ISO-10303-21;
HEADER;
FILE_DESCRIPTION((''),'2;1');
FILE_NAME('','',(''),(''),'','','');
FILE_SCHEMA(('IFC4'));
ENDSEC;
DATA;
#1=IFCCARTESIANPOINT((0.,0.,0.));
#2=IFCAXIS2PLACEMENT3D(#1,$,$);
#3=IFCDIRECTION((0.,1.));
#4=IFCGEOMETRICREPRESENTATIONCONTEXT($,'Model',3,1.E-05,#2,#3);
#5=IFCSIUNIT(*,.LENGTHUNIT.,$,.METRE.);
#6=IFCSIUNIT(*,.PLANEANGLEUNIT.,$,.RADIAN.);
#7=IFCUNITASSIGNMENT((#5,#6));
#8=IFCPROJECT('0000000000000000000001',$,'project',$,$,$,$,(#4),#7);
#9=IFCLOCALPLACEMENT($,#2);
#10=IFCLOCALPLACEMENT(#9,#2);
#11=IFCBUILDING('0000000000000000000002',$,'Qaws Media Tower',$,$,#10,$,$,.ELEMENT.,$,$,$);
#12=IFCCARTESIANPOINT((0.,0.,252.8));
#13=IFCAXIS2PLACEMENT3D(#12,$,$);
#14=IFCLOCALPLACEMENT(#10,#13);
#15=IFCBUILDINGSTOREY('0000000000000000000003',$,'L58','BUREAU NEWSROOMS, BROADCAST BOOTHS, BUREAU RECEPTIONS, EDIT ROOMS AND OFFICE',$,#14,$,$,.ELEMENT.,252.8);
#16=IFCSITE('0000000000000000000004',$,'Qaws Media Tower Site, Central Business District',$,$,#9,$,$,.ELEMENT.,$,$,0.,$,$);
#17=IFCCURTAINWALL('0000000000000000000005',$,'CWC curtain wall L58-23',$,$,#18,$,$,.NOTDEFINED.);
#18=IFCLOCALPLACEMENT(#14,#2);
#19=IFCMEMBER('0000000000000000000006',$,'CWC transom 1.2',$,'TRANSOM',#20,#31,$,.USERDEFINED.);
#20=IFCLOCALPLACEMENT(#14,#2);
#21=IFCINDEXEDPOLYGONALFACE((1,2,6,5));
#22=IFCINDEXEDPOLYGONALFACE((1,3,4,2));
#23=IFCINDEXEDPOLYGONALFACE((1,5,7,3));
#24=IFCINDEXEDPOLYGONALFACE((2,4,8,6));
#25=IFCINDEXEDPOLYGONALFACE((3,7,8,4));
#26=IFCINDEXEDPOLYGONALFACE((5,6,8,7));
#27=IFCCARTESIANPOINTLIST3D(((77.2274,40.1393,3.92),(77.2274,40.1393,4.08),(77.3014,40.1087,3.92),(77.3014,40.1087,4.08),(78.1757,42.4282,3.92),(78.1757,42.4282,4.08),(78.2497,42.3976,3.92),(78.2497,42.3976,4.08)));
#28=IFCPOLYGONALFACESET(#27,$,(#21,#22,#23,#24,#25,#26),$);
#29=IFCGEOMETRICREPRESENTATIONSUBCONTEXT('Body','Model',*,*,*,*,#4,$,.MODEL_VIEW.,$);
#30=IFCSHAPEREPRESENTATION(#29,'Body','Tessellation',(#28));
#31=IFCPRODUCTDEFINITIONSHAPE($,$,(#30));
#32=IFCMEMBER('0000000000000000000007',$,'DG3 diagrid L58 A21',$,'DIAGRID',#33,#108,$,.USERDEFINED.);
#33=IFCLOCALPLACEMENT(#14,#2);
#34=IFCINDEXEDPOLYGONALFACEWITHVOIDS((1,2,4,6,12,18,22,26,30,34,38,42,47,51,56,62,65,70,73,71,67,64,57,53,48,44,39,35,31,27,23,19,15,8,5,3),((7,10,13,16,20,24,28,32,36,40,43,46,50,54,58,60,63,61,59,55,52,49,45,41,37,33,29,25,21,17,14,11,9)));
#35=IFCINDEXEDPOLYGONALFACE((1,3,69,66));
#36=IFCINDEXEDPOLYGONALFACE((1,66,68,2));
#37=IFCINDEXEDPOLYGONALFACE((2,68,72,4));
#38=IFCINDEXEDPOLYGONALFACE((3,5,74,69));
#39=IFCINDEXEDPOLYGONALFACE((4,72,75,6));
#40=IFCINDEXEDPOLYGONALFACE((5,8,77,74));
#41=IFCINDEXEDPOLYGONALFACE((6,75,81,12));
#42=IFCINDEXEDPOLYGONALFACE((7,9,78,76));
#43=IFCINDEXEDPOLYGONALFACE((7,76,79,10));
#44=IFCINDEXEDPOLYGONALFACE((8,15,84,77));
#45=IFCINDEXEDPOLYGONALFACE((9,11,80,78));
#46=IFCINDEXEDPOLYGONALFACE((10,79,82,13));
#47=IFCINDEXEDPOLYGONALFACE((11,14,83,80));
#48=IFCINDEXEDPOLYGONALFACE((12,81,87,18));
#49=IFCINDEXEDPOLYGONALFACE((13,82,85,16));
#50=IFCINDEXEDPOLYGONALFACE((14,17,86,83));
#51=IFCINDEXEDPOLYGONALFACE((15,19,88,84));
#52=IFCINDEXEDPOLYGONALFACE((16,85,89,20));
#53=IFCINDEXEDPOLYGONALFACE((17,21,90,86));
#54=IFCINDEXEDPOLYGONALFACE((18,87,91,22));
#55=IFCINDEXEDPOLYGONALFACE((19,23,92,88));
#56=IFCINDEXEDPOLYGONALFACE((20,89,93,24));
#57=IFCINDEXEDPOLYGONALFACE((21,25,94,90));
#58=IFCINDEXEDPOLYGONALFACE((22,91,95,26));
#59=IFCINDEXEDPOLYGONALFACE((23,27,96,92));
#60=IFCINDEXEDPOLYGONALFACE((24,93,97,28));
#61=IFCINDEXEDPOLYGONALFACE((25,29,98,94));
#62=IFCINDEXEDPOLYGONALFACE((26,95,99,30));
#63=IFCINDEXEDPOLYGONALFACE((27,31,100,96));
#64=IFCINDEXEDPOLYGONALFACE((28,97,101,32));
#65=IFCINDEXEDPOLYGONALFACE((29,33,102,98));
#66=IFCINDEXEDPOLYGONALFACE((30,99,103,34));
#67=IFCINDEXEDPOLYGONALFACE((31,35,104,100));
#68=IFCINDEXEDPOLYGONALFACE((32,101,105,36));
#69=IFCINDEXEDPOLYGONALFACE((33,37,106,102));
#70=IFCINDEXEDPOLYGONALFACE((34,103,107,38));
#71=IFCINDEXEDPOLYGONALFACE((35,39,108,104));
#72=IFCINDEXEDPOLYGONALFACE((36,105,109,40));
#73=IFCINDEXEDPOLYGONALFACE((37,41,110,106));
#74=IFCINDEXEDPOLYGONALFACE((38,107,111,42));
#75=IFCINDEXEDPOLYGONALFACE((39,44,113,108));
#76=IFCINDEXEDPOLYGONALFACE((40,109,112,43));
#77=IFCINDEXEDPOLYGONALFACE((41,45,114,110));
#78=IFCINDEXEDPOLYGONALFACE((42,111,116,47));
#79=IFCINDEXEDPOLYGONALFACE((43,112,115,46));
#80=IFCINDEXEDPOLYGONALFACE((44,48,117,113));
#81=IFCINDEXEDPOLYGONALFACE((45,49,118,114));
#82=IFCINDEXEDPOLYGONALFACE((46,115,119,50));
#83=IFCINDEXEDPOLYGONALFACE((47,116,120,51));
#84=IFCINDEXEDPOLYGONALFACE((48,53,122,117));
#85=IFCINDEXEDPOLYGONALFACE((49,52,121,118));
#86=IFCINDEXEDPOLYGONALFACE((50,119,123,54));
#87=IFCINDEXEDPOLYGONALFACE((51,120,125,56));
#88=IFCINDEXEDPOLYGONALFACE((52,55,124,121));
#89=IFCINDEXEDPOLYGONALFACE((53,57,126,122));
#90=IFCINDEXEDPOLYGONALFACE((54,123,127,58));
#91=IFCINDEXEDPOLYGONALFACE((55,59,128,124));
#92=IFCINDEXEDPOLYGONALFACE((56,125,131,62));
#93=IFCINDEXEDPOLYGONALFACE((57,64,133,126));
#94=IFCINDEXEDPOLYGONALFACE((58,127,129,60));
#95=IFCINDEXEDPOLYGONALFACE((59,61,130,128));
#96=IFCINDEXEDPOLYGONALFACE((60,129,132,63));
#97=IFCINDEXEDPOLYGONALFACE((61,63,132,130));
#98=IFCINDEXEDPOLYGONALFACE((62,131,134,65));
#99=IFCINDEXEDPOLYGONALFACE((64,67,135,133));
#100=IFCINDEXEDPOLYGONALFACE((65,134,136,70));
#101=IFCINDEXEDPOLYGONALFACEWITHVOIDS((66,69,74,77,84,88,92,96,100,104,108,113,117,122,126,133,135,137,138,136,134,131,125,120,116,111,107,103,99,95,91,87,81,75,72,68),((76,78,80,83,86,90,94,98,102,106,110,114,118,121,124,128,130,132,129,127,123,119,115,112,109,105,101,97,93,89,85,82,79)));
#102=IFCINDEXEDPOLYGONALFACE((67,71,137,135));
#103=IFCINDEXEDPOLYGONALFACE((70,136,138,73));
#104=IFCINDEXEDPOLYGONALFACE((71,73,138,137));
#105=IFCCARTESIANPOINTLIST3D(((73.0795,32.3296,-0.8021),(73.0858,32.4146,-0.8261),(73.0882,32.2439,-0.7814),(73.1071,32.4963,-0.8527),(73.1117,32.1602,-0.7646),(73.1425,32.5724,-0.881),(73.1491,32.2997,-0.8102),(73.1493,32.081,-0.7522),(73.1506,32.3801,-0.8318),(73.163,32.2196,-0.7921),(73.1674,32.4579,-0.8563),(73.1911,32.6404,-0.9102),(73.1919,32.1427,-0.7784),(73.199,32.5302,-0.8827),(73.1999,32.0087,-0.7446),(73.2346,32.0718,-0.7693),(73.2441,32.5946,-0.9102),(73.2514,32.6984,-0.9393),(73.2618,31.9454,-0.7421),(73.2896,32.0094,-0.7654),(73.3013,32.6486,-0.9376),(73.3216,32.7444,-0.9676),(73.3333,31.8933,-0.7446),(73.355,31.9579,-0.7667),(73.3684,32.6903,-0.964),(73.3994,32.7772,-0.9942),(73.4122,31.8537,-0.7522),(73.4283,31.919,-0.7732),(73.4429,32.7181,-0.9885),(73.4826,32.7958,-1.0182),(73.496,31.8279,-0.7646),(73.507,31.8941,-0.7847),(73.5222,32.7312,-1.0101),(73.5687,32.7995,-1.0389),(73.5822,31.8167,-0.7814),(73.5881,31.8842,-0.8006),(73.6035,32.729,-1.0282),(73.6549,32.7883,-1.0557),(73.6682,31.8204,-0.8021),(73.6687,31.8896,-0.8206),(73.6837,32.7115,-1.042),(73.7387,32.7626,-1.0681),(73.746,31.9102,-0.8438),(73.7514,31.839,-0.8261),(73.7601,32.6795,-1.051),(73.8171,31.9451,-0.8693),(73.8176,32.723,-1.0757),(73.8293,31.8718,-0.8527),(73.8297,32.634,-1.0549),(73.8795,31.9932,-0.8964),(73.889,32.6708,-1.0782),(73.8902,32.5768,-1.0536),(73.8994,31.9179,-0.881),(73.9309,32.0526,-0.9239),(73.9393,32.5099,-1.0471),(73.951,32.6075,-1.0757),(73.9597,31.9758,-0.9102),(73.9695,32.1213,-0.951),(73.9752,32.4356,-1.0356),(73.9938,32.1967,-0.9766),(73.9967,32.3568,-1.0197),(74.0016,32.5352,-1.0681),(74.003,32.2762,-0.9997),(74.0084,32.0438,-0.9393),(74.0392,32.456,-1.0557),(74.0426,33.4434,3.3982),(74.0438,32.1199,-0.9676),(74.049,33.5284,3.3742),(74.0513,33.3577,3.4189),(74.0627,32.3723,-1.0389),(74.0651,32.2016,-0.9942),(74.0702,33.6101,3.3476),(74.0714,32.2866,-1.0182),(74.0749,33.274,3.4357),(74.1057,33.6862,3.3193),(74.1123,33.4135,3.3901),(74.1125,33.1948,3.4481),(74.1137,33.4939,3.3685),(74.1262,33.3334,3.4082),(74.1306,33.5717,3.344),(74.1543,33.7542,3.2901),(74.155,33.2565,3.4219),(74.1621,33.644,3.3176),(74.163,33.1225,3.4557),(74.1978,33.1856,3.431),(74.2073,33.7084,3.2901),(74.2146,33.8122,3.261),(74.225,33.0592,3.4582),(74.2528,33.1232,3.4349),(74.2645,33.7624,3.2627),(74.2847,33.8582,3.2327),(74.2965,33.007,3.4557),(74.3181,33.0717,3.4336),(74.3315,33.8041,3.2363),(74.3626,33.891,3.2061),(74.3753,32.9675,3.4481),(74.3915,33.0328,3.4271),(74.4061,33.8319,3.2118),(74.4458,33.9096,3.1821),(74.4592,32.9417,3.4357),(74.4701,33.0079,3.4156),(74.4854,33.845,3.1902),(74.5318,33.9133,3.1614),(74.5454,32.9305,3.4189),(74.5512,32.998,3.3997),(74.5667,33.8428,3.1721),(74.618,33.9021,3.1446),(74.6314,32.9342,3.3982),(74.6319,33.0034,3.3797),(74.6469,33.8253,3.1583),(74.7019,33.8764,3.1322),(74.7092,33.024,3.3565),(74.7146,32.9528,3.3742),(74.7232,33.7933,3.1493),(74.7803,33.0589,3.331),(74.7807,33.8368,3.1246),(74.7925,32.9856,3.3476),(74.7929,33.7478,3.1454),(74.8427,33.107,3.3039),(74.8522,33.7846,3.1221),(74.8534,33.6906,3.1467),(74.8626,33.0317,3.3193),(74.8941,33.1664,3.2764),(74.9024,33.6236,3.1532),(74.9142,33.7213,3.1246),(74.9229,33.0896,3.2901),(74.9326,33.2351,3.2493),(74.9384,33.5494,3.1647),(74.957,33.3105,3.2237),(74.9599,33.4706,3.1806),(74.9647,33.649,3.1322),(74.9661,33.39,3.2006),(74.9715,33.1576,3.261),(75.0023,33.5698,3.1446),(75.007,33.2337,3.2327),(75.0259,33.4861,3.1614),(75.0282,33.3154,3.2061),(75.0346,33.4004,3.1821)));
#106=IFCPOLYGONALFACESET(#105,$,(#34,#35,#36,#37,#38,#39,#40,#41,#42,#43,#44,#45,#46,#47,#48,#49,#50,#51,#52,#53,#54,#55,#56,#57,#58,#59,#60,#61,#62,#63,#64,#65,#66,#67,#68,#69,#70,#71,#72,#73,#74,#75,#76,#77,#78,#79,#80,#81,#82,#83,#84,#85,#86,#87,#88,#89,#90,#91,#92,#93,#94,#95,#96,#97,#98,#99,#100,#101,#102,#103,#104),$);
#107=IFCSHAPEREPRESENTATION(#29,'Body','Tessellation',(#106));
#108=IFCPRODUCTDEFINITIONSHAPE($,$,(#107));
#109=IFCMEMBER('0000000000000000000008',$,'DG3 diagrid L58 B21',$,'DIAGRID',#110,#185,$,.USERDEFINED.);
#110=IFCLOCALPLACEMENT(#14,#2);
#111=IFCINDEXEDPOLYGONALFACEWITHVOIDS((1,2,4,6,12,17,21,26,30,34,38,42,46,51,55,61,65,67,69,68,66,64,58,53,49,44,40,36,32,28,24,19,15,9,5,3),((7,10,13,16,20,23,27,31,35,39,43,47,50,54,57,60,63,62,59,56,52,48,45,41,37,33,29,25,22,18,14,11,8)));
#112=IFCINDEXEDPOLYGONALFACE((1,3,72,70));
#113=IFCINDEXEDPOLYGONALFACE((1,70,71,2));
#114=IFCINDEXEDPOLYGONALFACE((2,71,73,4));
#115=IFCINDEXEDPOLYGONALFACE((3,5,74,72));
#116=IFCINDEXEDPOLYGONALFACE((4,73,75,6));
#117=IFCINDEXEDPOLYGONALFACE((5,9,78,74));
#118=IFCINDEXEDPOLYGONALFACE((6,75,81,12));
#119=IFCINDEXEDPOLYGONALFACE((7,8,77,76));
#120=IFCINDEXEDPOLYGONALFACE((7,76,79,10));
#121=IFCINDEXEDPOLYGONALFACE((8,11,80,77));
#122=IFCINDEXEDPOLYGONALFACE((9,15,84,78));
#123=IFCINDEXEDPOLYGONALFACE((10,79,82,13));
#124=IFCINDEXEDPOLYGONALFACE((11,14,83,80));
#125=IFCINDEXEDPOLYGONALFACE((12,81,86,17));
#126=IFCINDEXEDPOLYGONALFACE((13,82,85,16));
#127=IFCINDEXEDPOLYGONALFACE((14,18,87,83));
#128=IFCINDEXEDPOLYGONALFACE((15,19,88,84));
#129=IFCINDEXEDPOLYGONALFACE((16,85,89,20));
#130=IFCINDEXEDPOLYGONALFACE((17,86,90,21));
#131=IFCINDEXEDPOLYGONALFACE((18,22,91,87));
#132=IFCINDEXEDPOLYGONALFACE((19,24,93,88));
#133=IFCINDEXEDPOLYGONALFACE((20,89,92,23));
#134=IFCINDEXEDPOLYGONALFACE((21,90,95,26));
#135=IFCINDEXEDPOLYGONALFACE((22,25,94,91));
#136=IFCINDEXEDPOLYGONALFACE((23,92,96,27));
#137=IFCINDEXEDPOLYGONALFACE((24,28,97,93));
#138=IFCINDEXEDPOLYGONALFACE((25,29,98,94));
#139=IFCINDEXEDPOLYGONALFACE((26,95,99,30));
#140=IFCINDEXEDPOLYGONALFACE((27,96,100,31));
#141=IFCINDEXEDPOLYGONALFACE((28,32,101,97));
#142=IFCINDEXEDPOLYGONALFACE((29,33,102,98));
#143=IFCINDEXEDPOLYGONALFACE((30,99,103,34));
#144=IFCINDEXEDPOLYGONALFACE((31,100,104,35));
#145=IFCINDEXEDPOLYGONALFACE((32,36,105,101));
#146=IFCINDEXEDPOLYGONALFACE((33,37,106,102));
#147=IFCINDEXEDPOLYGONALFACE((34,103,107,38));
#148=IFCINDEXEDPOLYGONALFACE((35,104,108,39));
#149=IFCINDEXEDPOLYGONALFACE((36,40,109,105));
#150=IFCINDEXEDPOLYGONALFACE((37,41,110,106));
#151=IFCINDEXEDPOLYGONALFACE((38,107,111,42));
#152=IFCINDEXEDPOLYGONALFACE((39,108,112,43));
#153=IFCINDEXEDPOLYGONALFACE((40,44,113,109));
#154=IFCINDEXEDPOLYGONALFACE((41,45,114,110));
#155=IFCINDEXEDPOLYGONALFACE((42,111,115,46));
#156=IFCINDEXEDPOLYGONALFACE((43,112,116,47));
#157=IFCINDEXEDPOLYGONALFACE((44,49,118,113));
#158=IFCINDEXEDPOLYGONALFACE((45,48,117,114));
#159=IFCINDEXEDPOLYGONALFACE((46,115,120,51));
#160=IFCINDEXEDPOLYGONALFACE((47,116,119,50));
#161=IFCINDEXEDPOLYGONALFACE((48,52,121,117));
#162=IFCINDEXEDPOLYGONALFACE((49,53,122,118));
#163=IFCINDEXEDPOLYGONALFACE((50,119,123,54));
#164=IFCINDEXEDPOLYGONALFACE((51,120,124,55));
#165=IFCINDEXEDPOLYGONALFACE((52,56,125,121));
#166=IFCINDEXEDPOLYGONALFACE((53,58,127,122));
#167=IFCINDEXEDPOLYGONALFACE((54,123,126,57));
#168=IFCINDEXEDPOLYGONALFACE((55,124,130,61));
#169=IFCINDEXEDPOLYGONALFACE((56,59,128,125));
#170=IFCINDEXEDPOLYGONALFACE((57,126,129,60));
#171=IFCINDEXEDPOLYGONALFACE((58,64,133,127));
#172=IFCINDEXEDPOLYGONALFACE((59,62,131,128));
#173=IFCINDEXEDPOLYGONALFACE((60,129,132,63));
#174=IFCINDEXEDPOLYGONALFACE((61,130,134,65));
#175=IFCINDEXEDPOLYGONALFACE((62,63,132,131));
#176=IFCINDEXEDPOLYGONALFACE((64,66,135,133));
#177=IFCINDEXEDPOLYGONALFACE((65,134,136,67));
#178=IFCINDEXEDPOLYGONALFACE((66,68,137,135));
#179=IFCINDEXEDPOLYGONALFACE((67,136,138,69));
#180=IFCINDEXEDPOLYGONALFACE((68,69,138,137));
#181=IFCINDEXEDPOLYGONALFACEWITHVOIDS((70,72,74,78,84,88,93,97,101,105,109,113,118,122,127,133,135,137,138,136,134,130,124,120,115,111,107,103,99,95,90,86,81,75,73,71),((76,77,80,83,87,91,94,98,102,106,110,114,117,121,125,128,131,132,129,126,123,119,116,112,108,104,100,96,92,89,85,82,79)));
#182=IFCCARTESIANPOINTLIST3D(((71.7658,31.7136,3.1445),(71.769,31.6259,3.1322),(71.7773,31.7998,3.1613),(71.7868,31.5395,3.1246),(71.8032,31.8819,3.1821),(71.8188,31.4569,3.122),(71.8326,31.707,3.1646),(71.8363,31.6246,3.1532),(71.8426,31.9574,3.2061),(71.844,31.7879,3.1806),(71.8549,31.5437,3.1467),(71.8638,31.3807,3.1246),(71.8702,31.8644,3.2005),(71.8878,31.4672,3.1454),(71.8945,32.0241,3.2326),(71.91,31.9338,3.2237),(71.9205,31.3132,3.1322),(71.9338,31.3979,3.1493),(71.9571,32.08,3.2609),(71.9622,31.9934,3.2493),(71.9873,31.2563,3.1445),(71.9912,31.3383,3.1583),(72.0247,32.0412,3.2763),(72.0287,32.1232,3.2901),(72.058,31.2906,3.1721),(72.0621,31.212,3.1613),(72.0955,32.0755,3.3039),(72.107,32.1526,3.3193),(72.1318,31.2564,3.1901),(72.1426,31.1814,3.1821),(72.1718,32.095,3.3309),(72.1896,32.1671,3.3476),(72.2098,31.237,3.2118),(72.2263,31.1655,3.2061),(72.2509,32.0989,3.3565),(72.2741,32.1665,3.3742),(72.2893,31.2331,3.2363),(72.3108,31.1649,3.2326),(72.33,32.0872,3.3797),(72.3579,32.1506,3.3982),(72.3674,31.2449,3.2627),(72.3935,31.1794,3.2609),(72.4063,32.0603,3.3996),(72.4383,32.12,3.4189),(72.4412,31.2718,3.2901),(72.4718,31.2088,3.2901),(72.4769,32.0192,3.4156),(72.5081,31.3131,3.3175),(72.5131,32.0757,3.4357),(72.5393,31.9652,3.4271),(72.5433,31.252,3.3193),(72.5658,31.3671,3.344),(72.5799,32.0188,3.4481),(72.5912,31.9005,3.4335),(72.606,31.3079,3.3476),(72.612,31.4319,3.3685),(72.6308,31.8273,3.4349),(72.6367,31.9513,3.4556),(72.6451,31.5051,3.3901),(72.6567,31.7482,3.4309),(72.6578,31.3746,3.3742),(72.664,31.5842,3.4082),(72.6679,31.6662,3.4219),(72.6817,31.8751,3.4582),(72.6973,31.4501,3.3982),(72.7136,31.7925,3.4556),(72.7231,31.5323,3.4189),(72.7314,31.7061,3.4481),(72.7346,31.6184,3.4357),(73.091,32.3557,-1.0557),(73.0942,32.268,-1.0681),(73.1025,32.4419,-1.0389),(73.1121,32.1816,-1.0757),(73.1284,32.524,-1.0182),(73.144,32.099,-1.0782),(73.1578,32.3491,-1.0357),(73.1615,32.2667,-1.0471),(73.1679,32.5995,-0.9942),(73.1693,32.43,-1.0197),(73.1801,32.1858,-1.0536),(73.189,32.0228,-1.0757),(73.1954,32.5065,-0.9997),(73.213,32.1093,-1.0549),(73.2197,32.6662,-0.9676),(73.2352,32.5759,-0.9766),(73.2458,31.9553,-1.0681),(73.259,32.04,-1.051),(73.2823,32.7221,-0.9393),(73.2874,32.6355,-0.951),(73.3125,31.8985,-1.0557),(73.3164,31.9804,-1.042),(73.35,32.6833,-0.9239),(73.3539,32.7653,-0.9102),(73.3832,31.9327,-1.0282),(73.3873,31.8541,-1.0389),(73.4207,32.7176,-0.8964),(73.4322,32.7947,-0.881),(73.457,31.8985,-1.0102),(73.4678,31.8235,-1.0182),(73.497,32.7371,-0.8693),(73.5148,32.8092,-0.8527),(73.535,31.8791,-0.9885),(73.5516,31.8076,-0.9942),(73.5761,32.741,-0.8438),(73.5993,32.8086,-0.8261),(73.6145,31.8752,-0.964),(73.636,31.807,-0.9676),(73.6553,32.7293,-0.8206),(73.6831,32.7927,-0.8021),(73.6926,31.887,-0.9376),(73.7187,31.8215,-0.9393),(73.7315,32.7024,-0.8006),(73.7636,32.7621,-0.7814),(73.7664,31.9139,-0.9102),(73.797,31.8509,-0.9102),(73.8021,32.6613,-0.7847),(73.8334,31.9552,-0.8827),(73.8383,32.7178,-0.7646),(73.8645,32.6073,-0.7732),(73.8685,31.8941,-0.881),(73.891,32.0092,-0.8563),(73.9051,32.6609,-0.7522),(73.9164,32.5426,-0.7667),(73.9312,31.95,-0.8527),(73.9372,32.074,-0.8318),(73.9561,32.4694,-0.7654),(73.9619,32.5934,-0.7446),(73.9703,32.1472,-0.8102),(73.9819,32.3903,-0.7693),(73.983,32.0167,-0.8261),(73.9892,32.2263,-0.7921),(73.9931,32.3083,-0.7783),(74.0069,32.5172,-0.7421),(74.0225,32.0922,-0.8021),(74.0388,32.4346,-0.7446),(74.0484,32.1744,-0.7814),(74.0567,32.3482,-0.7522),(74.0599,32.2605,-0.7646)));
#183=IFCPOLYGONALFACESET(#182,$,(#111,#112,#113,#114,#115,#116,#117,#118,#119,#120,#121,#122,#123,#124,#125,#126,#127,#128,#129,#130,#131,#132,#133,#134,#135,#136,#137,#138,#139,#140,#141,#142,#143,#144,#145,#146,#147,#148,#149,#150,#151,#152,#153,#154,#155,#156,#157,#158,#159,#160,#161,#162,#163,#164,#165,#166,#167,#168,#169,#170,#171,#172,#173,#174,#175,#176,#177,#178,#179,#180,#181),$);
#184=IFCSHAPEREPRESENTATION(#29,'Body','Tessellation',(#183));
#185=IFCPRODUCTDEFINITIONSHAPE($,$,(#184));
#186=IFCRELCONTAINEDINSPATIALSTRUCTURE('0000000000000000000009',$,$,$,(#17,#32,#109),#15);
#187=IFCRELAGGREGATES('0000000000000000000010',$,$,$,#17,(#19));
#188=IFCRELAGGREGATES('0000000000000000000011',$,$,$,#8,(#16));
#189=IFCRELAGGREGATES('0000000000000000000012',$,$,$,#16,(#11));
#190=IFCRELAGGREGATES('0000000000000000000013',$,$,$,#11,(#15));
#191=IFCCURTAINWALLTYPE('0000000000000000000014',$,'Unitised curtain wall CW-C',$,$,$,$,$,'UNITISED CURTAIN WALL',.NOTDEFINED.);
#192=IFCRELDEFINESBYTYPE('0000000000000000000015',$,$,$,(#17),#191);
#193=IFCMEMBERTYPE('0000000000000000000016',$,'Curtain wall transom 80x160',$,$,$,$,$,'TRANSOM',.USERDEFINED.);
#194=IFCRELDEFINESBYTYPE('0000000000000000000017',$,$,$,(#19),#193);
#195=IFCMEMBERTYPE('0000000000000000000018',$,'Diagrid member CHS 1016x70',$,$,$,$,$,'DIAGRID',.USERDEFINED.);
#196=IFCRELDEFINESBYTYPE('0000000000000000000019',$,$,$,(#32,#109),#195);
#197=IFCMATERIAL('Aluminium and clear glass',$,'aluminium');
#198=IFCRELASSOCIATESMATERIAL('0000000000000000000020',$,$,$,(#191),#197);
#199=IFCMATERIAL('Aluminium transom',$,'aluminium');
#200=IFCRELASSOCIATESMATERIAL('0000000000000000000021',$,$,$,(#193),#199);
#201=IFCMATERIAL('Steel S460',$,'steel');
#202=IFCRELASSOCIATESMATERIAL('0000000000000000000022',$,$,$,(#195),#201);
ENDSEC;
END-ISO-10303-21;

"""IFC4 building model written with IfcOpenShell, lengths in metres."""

from ifc_helpers import new_model, si_unit, direction, frame, origin, origin_2d, place, context, subcontext, project, spatial, rectangle, hollow_circle, extrude, material, material_profile, profile_set, type_object, element, aggregate, save


model = new_model("IFC4")

# Units and contexts
model_context = context("Model", 3, precision=1e-05, world=origin(), true_north=direction((0.0, 1.0)))
body_context = subcontext(model_context, "Body", "Model", "MODEL_VIEW")
ifc_project = project(units=[si_unit("LENGTHUNIT", "METRE"), si_unit("PLANEANGLEUNIT", "RADIAN")], contexts=[model_context])

# Site, building, storey
site_placement = place(None, origin())
site = spatial("IfcSite", under=ifc_project, at=site_placement, Name="Qaws Media Tower Site, Central Business District", CompositionType="ELEMENT", RefElevation=0.0)
building_placement = place(site_placement, origin())
building = spatial("IfcBuilding", under=site, at=building_placement, Name="Qaws Media Tower", CompositionType="ELEMENT")
storey_placement = place(building_placement, frame((0.0, 0.0, 252.8)))
storey = spatial("IfcBuildingStorey", under=building, at=storey_placement, Name="L58", Description="BUREAU NEWSROOMS, BROADCAST BOOTHS, BUREAU RECEPTIONS, EDIT ROOMS AND OFFICE", CompositionType="ELEMENT", Elevation=252.8)

# Shared definitions
ifc_material_1 = material(Name="Aluminium and clear glass", Category="aluminium")
curtain_wall_type = type_object("IfcCurtainWallType", Name="Unitised curtain wall CW-C", ElementType="UNITISED CURTAIN WALL", PredefinedType="NOTDEFINED", material=ifc_material_1)

# Curtain wall
curtain_wall_1_placement = place(storey_placement, origin())
curtain_wall_1 = element("IfcCurtainWall", 1, at=curtain_wall_1_placement, inside=storey, type_object=curtain_wall_type, Name="CWC curtain wall L58-23", PredefinedType="NOTDEFINED")

# Member
ifc_material_2 = material(Name="Aluminium transom", Category="aluminium")
ifc_material_profile_1 = material_profile(ifc_material_2, rectangle(XDim=0.0801, YDim=0.1599, at=origin_2d()), Name="80x160")
ifc_profile_set_1 = profile_set([ifc_material_profile_1], Name="Aluminium transom")
member_type_1 = type_object("IfcMemberType", Name="Curtain wall transom 80x160", ElementType="TRANSOM", PredefinedType="USERDEFINED", material=ifc_profile_set_1)
member_1_placement = place(storey_placement, frame((77.2644, 40.124, 4.0), z_axis=(0.382746, 0.923853, 0.0), x_axis=(-0.923853, 0.382746, 0.0)))
member_1 = element("IfcMember", 2, at=member_1_placement, type_object=member_type_1, Name="CWC transom 1.2", ObjectType="TRANSOM", PredefinedType="USERDEFINED", context=body_context, shape_type="SweptSolid", body=[
    extrude(rectangle(XDim=0.0801, YDim=0.1599, at=origin_2d()), origin(), (0.0, 0.0, 1.0), 2.4775),
])
aggregate(curtain_wall_1, [member_1])

# Members
ifc_material_3 = material(Name="Steel S460", Category="steel")
ifc_material_profile_2 = material_profile(ifc_material_3, hollow_circle(Radius=0.5081, WallThickness=0.0701, at=origin_2d()), Name="CHS 1016x70")
ifc_profile_set_2 = profile_set([ifc_material_profile_2], Name="Steel S460")
member_type_2 = type_object("IfcMemberType", Name="Diagrid member CHS 1016x70", ElementType="DIAGRID", PredefinedType="USERDEFINED", material=ifc_profile_set_2)
for number, where, z_axis, x_axis, name in (
    (3, (73.5754, 32.3081, -0.9102), (0.216395, 0.250239, 0.943691), (-0.756405, 0.654103, 0.0), "DG3 diagrid L58 A21"),
    (4, (73.5754, 32.3081, -0.9102), (-0.29774, -0.144262, 0.943684), (0.436038, -0.899928, 0.0), "DG3 diagrid L58 B21"),
):
    element("IfcMember", number, at=place(storey_placement, frame(where, z_axis=z_axis, x_axis=x_axis)), inside=storey, type_object=member_type_2, Name=name, ObjectType="DIAGRID", PredefinedType="USERDEFINED", context=body_context, shape_type="SweptSolid", body=[
        extrude(hollow_circle(Radius=0.5081, WallThickness=0.0701, at=origin_2d()), origin(), (0.0, 0.0, 1.0), 4.4509),
    ])

save(model, "model.ifc")
